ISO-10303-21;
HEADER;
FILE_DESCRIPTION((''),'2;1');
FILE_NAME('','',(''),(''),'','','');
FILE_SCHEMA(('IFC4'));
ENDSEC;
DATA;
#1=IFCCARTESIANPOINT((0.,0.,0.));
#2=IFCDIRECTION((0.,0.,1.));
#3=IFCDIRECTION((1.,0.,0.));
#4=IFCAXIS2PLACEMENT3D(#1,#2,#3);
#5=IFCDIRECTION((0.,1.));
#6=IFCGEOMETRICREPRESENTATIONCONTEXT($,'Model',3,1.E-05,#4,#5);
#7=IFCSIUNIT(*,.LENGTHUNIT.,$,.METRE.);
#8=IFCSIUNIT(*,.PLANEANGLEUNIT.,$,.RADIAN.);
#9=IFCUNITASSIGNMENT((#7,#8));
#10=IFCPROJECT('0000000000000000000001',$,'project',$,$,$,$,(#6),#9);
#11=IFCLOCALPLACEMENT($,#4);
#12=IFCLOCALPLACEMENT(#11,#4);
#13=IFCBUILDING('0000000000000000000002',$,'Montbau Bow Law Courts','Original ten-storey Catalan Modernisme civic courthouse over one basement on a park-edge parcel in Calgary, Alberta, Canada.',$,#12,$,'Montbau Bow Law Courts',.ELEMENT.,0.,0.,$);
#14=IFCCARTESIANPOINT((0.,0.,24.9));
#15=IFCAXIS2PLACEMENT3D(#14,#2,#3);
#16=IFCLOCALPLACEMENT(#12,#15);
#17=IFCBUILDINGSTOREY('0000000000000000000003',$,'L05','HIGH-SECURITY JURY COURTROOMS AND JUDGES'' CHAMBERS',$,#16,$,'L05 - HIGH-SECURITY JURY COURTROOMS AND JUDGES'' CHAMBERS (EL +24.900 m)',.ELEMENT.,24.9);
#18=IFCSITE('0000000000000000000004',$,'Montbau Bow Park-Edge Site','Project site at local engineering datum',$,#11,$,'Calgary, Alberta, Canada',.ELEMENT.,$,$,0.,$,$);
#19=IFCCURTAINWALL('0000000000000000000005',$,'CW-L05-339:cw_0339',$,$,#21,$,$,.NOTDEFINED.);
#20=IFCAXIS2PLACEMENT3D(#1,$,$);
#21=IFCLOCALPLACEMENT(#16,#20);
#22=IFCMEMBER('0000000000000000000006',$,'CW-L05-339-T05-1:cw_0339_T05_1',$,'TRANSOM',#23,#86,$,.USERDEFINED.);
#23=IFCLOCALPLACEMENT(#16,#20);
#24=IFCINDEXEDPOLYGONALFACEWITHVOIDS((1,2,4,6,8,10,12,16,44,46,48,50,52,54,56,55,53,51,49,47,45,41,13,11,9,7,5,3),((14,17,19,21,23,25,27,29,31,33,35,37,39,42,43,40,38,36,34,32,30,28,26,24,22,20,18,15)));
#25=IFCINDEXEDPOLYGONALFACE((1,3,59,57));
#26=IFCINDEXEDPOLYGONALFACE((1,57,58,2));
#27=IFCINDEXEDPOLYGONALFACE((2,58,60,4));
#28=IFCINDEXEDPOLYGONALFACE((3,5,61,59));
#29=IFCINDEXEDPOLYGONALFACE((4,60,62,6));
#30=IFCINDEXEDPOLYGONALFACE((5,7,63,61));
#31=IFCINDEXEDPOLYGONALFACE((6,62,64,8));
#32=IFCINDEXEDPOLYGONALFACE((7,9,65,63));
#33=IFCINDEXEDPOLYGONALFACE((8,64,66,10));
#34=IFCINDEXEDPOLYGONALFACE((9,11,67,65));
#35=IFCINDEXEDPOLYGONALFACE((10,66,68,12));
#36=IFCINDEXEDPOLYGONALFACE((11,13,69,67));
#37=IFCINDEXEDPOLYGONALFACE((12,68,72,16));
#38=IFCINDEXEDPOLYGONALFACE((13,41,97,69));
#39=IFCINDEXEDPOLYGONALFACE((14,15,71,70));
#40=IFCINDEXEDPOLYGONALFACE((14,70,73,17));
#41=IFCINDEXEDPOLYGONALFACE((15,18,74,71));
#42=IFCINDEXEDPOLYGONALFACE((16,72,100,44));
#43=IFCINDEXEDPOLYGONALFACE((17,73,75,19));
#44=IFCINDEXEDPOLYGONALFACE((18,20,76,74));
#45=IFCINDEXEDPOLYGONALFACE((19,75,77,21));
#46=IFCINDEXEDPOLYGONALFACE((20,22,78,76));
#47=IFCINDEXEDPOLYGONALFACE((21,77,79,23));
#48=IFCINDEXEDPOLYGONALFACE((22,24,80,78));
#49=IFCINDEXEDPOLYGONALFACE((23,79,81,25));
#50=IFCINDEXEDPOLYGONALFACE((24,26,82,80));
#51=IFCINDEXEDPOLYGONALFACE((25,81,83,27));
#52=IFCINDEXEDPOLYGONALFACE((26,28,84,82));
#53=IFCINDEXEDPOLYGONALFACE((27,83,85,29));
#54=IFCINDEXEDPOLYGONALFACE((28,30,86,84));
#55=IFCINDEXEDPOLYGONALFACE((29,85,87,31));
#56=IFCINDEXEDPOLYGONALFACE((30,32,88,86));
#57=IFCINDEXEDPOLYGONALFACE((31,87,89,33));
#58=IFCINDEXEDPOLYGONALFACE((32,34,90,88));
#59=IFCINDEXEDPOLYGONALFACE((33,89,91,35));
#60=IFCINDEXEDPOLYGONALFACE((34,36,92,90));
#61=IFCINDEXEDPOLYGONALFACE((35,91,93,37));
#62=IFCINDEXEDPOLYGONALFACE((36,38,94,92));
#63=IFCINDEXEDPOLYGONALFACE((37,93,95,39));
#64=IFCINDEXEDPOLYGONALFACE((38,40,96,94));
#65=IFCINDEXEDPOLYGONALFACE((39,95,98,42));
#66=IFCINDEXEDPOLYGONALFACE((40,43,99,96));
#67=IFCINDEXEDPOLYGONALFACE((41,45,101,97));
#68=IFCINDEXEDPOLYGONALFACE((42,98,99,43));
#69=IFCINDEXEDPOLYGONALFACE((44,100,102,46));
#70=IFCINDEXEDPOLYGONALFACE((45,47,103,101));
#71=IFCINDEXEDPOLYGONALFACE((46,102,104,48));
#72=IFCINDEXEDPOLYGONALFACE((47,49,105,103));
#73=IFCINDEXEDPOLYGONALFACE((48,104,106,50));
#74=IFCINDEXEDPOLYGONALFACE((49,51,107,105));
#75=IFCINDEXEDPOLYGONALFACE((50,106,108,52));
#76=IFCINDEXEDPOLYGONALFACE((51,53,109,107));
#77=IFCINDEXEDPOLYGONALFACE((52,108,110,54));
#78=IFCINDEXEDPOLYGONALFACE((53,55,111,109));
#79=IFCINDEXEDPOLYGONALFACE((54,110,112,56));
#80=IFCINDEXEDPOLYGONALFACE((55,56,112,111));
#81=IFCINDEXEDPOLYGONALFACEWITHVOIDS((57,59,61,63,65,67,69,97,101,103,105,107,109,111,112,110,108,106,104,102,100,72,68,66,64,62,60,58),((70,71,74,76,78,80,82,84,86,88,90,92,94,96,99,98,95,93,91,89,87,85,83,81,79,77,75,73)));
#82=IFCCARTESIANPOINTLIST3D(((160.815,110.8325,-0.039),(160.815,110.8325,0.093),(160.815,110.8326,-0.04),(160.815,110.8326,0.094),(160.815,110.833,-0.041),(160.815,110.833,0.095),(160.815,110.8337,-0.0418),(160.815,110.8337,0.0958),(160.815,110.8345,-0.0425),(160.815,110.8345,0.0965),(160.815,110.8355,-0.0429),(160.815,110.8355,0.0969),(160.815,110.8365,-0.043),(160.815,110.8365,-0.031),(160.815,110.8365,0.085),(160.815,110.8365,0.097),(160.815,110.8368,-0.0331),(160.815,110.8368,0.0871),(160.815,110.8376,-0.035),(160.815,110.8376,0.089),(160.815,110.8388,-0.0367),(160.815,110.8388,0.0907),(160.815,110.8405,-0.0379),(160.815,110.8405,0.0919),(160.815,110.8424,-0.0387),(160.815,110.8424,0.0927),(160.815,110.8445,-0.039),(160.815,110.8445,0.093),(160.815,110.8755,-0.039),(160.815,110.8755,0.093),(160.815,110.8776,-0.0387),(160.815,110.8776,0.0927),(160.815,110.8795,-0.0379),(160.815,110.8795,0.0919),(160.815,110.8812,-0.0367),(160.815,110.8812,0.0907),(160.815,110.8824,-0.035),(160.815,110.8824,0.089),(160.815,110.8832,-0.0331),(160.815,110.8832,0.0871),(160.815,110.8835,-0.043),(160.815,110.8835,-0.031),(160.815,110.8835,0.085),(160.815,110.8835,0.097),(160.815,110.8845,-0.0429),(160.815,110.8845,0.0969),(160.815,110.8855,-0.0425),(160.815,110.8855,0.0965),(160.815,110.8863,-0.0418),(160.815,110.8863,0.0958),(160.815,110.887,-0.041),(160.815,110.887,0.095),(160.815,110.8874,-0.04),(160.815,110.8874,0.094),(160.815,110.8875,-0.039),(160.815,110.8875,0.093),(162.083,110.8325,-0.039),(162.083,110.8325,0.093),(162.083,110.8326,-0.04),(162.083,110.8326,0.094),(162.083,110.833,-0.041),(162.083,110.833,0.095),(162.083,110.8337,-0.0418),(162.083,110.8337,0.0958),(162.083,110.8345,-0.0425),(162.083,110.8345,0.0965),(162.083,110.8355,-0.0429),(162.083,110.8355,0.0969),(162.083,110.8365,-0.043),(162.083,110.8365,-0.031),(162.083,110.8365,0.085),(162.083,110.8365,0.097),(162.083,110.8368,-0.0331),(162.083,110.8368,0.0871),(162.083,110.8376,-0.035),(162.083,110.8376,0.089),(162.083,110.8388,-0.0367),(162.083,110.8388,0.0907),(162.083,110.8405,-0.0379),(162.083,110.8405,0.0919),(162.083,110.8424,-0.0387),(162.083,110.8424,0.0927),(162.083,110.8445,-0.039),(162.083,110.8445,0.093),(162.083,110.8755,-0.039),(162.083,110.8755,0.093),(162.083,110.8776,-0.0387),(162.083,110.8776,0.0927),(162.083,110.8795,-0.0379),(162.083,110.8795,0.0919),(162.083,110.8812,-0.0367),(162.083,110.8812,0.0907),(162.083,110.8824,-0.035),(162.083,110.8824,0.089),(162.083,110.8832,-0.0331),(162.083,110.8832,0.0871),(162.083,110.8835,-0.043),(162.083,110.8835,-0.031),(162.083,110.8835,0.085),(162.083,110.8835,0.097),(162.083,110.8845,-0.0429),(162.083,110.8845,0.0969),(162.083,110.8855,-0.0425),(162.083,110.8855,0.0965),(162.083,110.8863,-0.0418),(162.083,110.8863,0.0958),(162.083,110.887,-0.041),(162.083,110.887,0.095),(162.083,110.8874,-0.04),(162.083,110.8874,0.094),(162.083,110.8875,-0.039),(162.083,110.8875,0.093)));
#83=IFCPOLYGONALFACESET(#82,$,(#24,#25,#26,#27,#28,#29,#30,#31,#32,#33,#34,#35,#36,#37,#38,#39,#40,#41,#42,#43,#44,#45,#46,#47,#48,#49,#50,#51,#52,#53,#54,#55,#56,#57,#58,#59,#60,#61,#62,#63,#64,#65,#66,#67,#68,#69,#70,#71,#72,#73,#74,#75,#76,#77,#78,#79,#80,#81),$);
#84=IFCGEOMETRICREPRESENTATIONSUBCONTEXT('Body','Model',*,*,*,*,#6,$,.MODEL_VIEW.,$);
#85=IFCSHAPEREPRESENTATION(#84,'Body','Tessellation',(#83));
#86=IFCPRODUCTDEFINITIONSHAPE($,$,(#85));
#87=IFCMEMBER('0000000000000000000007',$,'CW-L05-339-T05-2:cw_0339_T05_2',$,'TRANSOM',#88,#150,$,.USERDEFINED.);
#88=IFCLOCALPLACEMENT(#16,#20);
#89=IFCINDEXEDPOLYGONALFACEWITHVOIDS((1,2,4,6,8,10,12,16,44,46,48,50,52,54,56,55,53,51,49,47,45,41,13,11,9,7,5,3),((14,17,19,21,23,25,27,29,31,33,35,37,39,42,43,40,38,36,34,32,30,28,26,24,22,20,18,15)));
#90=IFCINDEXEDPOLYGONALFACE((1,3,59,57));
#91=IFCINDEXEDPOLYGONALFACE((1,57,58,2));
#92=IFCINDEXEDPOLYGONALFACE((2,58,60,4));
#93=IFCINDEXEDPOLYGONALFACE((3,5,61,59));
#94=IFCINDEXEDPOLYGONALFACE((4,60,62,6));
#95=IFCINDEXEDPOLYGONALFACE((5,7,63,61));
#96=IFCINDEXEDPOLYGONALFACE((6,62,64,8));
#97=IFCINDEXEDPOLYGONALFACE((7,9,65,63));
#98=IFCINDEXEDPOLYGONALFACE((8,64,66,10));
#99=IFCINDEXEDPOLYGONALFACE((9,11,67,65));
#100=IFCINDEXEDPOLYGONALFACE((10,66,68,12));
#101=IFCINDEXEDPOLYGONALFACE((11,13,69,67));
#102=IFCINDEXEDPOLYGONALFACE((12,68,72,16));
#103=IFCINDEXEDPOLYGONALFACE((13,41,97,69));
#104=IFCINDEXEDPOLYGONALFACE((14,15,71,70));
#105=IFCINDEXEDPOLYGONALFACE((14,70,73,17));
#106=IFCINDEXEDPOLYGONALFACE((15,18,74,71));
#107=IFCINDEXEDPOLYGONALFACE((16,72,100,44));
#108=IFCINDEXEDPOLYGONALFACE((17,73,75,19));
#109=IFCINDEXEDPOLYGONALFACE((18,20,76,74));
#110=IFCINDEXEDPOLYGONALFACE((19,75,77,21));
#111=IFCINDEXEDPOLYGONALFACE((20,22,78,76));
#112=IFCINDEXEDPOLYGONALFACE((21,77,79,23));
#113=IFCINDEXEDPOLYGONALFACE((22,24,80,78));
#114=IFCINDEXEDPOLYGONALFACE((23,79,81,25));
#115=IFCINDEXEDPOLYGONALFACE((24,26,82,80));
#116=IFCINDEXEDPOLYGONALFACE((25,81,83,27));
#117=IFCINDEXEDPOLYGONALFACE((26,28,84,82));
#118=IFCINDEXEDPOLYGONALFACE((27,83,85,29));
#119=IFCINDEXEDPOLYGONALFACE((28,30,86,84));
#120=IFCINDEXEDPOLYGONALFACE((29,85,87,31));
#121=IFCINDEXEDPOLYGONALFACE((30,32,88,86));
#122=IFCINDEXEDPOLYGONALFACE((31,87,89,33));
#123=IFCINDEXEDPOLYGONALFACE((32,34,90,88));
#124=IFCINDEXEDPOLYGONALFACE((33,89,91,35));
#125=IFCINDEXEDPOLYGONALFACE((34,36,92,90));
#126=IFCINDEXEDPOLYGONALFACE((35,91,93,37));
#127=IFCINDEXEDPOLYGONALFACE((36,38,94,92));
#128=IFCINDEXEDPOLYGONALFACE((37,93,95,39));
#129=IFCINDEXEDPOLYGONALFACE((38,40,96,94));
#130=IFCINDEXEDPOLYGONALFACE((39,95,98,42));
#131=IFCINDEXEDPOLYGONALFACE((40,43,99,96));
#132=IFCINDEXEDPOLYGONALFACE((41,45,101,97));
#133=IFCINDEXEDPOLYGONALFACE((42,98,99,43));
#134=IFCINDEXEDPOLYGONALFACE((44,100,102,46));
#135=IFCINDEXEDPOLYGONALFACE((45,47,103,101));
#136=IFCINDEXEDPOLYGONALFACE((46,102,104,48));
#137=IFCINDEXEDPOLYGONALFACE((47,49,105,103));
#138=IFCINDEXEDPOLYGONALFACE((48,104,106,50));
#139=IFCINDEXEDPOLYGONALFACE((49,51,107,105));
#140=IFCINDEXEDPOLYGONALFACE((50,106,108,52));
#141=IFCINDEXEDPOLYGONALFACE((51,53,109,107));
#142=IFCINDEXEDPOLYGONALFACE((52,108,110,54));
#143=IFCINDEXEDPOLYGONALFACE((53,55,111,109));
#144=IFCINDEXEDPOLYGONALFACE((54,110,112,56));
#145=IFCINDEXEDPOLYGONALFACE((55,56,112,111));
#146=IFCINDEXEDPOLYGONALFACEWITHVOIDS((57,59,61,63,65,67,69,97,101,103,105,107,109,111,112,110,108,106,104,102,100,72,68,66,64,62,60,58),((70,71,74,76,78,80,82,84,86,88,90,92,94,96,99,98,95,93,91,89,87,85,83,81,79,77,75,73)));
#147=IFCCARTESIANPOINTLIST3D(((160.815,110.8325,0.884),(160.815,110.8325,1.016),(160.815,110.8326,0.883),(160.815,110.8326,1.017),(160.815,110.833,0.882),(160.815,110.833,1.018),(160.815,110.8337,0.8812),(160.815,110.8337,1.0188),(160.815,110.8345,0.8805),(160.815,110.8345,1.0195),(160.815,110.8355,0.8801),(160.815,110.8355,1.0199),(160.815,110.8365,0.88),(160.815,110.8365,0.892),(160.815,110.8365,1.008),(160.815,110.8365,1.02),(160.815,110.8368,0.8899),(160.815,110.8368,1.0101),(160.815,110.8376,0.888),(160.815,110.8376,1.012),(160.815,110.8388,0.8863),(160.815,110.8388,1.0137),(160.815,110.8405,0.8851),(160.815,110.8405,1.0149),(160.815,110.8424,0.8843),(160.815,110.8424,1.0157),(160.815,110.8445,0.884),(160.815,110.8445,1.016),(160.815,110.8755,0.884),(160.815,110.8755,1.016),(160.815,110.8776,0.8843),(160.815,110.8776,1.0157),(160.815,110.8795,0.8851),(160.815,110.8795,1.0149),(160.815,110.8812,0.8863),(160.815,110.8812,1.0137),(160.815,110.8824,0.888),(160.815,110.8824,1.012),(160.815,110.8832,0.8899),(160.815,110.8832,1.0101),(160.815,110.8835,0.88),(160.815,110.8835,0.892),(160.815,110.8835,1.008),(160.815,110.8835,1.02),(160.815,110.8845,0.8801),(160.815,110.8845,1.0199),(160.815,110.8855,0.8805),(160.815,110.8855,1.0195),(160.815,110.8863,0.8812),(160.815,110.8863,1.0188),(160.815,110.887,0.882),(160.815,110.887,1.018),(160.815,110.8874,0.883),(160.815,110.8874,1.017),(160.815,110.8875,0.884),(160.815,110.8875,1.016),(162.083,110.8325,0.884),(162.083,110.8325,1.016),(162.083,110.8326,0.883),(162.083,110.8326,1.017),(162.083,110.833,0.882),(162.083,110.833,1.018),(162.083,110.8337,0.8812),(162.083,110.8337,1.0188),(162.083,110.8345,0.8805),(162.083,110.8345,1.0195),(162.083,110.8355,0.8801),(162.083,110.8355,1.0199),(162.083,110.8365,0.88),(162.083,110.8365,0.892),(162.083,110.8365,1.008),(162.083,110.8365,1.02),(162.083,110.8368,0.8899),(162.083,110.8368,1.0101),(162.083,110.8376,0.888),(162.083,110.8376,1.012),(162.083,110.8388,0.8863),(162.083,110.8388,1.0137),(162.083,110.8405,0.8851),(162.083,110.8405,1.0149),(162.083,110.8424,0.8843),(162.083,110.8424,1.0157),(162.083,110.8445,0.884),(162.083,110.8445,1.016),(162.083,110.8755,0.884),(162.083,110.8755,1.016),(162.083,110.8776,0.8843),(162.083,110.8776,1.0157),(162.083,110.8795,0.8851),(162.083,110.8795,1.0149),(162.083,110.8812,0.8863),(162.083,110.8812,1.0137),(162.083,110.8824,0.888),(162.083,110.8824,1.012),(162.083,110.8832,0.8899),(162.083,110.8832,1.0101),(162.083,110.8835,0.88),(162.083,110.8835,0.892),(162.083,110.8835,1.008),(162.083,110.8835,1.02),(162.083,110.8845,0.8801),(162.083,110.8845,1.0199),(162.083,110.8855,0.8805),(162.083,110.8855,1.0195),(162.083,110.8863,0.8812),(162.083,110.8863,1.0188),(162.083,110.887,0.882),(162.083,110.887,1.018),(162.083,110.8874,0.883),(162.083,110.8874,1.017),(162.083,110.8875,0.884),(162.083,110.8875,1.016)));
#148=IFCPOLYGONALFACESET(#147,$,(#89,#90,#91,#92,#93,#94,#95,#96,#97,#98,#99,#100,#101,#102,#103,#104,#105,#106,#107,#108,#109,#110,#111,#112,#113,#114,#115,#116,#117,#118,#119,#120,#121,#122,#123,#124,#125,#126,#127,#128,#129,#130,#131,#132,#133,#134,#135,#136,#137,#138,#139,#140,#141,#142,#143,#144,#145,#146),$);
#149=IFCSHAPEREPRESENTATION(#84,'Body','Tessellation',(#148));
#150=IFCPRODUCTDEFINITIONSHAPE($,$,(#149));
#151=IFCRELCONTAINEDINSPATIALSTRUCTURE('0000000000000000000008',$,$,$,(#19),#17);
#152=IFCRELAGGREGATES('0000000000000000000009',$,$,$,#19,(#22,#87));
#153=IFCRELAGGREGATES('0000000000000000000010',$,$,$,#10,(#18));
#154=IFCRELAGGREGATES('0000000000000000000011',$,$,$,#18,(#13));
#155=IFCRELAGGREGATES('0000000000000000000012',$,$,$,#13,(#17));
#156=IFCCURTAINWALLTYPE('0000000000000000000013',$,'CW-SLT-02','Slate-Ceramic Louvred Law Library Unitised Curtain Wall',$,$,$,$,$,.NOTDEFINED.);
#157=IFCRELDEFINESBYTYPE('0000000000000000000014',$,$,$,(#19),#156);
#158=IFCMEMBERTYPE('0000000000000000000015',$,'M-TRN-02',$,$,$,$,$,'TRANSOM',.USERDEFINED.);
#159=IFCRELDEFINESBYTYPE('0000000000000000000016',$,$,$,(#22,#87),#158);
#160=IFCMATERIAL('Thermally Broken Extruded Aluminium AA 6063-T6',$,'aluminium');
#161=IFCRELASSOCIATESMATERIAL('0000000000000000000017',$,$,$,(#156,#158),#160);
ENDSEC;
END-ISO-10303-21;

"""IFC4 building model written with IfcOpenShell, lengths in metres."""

from ifc_helpers import new_model, si_unit, direction, frame, origin_with_axes, origin_2d_with_axis, place, context, subcontext, project, spatial, hollow_rectangle, extrude, material, material_profile, profile_set, type_object, element, aggregate, save


model = new_model("IFC4")

# Units and contexts
model_context = context("Model", 3, precision=1e-05, world=origin_with_axes(), true_north=direction((0.0, 1.0)))
body_context = subcontext(model_context, "Body", "Model", "MODEL_VIEW")
ifc_project = project(units=[si_unit("LENGTHUNIT", "METRE"), si_unit("PLANEANGLEUNIT", "RADIAN")], contexts=[model_context])

# Site, building, storey
site_placement = place(None, origin_with_axes())
site = spatial("IfcSite", under=ifc_project, at=site_placement, Name="Montbau Bow Park-Edge Site", Description="Project site at local engineering datum", LongName="Calgary, Alberta, Canada", CompositionType="ELEMENT", RefElevation=0.0)
building_placement = place(site_placement, origin_with_axes())
building = spatial("IfcBuilding", under=site, at=building_placement, Name="Montbau Bow Law Courts", Description="Original ten-storey Catalan Modernisme civic courthouse over one basement on a park-edge parcel in Calgary, Alberta, Canada.", LongName="Montbau Bow Law Courts", CompositionType="ELEMENT", ElevationOfRefHeight=0.0, ElevationOfTerrain=0.0)
storey_placement = place(building_placement, frame((0.0, 0.0, 24.9), z_axis=(0.0, 0.0, 1.0), x_axis=(1.0, 0.0, 0.0)))
storey = spatial("IfcBuildingStorey", under=building, at=storey_placement, Name="L05", Description="HIGH-SECURITY JURY COURTROOMS AND JUDGES' CHAMBERS", LongName="L05 - HIGH-SECURITY JURY COURTROOMS AND JUDGES' CHAMBERS (EL +24.900 m)", CompositionType="ELEMENT", Elevation=24.9)

# Curtain wall, members
ifc_material_1 = material(Name="Thermally Broken Extruded Aluminium AA 6063-T6", Category="aluminium")
curtain_wall_type = type_object("IfcCurtainWallType", Name="CW-SLT-02", Description="Slate-Ceramic Louvred Law Library Unitised Curtain Wall", PredefinedType="NOTDEFINED", material=ifc_material_1)
curtain_wall_placement = place(None, frame((155.24, 110.86, 24.9), z_axis=(0.0, 0.0, 1.0), x_axis=(1.0, 0.0, 0.0)))
curtain_wall = element("IfcCurtainWall", 1, at=curtain_wall_placement, inside=storey, type_object=curtain_wall_type, Name="CW-L05-339:cw_0339", PredefinedType="NOTDEFINED")
ifc_material_profile_1 = material_profile(ifc_material_1, hollow_rectangle(XDim=0.055, YDim=0.14, WallThickness=0.004, InnerFilletRadius=0.008, OuterFilletRadius=0.004, at=origin_2d_with_axis()), Name="CWT-140X55", Category="Main", Priority=0)
ifc_profile_set_1 = profile_set([ifc_material_profile_1], Name="Thermally Broken Extruded Aluminium AA 6063-T6")
member_type_1 = type_object("IfcMemberType", Name="M-TRN-02", ElementType="TRANSOM", PredefinedType="USERDEFINED", material=ifc_profile_set_1)
member_1_placement = place(None, frame((160.815, 110.86, 24.927), z_axis=(1.0, 0.0, 0.0), x_axis=(0.0, 1.0, 0.0)))
member_1 = element("IfcMember", 2, at=member_1_placement, type_object=member_type_1, Name="CW-L05-339-T05-1:cw_0339_T05_1", ObjectType="TRANSOM", PredefinedType="USERDEFINED", context=body_context, shape_type="SweptSolid", body=[
    extrude(hollow_rectangle(XDim=0.055, YDim=0.14, WallThickness=0.004, InnerFilletRadius=0.008, OuterFilletRadius=0.004, at=origin_2d_with_axis()), origin_with_axes(), (0.0, 0.0, 1.0), 1.268),
])
member_2_placement = place(None, frame((160.815, 110.86, 25.85), z_axis=(1.0, 0.0, 0.0), x_axis=(0.0, 1.0, 0.0)))
member_2 = element("IfcMember", 3, at=member_2_placement, type_object=member_type_1, Name="CW-L05-339-T05-2:cw_0339_T05_2", ObjectType="TRANSOM", PredefinedType="USERDEFINED", context=body_context, shape_type="SweptSolid", body=[
    extrude(hollow_rectangle(XDim=0.055, YDim=0.14, WallThickness=0.004, InnerFilletRadius=0.008, OuterFilletRadius=0.004, at=origin_2d_with_axis()), origin_with_axes(), (0.0, 0.0, 1.0), 1.268),
])
aggregate(curtain_wall, [member_1, member_2])

save(model, "model.ifc")
